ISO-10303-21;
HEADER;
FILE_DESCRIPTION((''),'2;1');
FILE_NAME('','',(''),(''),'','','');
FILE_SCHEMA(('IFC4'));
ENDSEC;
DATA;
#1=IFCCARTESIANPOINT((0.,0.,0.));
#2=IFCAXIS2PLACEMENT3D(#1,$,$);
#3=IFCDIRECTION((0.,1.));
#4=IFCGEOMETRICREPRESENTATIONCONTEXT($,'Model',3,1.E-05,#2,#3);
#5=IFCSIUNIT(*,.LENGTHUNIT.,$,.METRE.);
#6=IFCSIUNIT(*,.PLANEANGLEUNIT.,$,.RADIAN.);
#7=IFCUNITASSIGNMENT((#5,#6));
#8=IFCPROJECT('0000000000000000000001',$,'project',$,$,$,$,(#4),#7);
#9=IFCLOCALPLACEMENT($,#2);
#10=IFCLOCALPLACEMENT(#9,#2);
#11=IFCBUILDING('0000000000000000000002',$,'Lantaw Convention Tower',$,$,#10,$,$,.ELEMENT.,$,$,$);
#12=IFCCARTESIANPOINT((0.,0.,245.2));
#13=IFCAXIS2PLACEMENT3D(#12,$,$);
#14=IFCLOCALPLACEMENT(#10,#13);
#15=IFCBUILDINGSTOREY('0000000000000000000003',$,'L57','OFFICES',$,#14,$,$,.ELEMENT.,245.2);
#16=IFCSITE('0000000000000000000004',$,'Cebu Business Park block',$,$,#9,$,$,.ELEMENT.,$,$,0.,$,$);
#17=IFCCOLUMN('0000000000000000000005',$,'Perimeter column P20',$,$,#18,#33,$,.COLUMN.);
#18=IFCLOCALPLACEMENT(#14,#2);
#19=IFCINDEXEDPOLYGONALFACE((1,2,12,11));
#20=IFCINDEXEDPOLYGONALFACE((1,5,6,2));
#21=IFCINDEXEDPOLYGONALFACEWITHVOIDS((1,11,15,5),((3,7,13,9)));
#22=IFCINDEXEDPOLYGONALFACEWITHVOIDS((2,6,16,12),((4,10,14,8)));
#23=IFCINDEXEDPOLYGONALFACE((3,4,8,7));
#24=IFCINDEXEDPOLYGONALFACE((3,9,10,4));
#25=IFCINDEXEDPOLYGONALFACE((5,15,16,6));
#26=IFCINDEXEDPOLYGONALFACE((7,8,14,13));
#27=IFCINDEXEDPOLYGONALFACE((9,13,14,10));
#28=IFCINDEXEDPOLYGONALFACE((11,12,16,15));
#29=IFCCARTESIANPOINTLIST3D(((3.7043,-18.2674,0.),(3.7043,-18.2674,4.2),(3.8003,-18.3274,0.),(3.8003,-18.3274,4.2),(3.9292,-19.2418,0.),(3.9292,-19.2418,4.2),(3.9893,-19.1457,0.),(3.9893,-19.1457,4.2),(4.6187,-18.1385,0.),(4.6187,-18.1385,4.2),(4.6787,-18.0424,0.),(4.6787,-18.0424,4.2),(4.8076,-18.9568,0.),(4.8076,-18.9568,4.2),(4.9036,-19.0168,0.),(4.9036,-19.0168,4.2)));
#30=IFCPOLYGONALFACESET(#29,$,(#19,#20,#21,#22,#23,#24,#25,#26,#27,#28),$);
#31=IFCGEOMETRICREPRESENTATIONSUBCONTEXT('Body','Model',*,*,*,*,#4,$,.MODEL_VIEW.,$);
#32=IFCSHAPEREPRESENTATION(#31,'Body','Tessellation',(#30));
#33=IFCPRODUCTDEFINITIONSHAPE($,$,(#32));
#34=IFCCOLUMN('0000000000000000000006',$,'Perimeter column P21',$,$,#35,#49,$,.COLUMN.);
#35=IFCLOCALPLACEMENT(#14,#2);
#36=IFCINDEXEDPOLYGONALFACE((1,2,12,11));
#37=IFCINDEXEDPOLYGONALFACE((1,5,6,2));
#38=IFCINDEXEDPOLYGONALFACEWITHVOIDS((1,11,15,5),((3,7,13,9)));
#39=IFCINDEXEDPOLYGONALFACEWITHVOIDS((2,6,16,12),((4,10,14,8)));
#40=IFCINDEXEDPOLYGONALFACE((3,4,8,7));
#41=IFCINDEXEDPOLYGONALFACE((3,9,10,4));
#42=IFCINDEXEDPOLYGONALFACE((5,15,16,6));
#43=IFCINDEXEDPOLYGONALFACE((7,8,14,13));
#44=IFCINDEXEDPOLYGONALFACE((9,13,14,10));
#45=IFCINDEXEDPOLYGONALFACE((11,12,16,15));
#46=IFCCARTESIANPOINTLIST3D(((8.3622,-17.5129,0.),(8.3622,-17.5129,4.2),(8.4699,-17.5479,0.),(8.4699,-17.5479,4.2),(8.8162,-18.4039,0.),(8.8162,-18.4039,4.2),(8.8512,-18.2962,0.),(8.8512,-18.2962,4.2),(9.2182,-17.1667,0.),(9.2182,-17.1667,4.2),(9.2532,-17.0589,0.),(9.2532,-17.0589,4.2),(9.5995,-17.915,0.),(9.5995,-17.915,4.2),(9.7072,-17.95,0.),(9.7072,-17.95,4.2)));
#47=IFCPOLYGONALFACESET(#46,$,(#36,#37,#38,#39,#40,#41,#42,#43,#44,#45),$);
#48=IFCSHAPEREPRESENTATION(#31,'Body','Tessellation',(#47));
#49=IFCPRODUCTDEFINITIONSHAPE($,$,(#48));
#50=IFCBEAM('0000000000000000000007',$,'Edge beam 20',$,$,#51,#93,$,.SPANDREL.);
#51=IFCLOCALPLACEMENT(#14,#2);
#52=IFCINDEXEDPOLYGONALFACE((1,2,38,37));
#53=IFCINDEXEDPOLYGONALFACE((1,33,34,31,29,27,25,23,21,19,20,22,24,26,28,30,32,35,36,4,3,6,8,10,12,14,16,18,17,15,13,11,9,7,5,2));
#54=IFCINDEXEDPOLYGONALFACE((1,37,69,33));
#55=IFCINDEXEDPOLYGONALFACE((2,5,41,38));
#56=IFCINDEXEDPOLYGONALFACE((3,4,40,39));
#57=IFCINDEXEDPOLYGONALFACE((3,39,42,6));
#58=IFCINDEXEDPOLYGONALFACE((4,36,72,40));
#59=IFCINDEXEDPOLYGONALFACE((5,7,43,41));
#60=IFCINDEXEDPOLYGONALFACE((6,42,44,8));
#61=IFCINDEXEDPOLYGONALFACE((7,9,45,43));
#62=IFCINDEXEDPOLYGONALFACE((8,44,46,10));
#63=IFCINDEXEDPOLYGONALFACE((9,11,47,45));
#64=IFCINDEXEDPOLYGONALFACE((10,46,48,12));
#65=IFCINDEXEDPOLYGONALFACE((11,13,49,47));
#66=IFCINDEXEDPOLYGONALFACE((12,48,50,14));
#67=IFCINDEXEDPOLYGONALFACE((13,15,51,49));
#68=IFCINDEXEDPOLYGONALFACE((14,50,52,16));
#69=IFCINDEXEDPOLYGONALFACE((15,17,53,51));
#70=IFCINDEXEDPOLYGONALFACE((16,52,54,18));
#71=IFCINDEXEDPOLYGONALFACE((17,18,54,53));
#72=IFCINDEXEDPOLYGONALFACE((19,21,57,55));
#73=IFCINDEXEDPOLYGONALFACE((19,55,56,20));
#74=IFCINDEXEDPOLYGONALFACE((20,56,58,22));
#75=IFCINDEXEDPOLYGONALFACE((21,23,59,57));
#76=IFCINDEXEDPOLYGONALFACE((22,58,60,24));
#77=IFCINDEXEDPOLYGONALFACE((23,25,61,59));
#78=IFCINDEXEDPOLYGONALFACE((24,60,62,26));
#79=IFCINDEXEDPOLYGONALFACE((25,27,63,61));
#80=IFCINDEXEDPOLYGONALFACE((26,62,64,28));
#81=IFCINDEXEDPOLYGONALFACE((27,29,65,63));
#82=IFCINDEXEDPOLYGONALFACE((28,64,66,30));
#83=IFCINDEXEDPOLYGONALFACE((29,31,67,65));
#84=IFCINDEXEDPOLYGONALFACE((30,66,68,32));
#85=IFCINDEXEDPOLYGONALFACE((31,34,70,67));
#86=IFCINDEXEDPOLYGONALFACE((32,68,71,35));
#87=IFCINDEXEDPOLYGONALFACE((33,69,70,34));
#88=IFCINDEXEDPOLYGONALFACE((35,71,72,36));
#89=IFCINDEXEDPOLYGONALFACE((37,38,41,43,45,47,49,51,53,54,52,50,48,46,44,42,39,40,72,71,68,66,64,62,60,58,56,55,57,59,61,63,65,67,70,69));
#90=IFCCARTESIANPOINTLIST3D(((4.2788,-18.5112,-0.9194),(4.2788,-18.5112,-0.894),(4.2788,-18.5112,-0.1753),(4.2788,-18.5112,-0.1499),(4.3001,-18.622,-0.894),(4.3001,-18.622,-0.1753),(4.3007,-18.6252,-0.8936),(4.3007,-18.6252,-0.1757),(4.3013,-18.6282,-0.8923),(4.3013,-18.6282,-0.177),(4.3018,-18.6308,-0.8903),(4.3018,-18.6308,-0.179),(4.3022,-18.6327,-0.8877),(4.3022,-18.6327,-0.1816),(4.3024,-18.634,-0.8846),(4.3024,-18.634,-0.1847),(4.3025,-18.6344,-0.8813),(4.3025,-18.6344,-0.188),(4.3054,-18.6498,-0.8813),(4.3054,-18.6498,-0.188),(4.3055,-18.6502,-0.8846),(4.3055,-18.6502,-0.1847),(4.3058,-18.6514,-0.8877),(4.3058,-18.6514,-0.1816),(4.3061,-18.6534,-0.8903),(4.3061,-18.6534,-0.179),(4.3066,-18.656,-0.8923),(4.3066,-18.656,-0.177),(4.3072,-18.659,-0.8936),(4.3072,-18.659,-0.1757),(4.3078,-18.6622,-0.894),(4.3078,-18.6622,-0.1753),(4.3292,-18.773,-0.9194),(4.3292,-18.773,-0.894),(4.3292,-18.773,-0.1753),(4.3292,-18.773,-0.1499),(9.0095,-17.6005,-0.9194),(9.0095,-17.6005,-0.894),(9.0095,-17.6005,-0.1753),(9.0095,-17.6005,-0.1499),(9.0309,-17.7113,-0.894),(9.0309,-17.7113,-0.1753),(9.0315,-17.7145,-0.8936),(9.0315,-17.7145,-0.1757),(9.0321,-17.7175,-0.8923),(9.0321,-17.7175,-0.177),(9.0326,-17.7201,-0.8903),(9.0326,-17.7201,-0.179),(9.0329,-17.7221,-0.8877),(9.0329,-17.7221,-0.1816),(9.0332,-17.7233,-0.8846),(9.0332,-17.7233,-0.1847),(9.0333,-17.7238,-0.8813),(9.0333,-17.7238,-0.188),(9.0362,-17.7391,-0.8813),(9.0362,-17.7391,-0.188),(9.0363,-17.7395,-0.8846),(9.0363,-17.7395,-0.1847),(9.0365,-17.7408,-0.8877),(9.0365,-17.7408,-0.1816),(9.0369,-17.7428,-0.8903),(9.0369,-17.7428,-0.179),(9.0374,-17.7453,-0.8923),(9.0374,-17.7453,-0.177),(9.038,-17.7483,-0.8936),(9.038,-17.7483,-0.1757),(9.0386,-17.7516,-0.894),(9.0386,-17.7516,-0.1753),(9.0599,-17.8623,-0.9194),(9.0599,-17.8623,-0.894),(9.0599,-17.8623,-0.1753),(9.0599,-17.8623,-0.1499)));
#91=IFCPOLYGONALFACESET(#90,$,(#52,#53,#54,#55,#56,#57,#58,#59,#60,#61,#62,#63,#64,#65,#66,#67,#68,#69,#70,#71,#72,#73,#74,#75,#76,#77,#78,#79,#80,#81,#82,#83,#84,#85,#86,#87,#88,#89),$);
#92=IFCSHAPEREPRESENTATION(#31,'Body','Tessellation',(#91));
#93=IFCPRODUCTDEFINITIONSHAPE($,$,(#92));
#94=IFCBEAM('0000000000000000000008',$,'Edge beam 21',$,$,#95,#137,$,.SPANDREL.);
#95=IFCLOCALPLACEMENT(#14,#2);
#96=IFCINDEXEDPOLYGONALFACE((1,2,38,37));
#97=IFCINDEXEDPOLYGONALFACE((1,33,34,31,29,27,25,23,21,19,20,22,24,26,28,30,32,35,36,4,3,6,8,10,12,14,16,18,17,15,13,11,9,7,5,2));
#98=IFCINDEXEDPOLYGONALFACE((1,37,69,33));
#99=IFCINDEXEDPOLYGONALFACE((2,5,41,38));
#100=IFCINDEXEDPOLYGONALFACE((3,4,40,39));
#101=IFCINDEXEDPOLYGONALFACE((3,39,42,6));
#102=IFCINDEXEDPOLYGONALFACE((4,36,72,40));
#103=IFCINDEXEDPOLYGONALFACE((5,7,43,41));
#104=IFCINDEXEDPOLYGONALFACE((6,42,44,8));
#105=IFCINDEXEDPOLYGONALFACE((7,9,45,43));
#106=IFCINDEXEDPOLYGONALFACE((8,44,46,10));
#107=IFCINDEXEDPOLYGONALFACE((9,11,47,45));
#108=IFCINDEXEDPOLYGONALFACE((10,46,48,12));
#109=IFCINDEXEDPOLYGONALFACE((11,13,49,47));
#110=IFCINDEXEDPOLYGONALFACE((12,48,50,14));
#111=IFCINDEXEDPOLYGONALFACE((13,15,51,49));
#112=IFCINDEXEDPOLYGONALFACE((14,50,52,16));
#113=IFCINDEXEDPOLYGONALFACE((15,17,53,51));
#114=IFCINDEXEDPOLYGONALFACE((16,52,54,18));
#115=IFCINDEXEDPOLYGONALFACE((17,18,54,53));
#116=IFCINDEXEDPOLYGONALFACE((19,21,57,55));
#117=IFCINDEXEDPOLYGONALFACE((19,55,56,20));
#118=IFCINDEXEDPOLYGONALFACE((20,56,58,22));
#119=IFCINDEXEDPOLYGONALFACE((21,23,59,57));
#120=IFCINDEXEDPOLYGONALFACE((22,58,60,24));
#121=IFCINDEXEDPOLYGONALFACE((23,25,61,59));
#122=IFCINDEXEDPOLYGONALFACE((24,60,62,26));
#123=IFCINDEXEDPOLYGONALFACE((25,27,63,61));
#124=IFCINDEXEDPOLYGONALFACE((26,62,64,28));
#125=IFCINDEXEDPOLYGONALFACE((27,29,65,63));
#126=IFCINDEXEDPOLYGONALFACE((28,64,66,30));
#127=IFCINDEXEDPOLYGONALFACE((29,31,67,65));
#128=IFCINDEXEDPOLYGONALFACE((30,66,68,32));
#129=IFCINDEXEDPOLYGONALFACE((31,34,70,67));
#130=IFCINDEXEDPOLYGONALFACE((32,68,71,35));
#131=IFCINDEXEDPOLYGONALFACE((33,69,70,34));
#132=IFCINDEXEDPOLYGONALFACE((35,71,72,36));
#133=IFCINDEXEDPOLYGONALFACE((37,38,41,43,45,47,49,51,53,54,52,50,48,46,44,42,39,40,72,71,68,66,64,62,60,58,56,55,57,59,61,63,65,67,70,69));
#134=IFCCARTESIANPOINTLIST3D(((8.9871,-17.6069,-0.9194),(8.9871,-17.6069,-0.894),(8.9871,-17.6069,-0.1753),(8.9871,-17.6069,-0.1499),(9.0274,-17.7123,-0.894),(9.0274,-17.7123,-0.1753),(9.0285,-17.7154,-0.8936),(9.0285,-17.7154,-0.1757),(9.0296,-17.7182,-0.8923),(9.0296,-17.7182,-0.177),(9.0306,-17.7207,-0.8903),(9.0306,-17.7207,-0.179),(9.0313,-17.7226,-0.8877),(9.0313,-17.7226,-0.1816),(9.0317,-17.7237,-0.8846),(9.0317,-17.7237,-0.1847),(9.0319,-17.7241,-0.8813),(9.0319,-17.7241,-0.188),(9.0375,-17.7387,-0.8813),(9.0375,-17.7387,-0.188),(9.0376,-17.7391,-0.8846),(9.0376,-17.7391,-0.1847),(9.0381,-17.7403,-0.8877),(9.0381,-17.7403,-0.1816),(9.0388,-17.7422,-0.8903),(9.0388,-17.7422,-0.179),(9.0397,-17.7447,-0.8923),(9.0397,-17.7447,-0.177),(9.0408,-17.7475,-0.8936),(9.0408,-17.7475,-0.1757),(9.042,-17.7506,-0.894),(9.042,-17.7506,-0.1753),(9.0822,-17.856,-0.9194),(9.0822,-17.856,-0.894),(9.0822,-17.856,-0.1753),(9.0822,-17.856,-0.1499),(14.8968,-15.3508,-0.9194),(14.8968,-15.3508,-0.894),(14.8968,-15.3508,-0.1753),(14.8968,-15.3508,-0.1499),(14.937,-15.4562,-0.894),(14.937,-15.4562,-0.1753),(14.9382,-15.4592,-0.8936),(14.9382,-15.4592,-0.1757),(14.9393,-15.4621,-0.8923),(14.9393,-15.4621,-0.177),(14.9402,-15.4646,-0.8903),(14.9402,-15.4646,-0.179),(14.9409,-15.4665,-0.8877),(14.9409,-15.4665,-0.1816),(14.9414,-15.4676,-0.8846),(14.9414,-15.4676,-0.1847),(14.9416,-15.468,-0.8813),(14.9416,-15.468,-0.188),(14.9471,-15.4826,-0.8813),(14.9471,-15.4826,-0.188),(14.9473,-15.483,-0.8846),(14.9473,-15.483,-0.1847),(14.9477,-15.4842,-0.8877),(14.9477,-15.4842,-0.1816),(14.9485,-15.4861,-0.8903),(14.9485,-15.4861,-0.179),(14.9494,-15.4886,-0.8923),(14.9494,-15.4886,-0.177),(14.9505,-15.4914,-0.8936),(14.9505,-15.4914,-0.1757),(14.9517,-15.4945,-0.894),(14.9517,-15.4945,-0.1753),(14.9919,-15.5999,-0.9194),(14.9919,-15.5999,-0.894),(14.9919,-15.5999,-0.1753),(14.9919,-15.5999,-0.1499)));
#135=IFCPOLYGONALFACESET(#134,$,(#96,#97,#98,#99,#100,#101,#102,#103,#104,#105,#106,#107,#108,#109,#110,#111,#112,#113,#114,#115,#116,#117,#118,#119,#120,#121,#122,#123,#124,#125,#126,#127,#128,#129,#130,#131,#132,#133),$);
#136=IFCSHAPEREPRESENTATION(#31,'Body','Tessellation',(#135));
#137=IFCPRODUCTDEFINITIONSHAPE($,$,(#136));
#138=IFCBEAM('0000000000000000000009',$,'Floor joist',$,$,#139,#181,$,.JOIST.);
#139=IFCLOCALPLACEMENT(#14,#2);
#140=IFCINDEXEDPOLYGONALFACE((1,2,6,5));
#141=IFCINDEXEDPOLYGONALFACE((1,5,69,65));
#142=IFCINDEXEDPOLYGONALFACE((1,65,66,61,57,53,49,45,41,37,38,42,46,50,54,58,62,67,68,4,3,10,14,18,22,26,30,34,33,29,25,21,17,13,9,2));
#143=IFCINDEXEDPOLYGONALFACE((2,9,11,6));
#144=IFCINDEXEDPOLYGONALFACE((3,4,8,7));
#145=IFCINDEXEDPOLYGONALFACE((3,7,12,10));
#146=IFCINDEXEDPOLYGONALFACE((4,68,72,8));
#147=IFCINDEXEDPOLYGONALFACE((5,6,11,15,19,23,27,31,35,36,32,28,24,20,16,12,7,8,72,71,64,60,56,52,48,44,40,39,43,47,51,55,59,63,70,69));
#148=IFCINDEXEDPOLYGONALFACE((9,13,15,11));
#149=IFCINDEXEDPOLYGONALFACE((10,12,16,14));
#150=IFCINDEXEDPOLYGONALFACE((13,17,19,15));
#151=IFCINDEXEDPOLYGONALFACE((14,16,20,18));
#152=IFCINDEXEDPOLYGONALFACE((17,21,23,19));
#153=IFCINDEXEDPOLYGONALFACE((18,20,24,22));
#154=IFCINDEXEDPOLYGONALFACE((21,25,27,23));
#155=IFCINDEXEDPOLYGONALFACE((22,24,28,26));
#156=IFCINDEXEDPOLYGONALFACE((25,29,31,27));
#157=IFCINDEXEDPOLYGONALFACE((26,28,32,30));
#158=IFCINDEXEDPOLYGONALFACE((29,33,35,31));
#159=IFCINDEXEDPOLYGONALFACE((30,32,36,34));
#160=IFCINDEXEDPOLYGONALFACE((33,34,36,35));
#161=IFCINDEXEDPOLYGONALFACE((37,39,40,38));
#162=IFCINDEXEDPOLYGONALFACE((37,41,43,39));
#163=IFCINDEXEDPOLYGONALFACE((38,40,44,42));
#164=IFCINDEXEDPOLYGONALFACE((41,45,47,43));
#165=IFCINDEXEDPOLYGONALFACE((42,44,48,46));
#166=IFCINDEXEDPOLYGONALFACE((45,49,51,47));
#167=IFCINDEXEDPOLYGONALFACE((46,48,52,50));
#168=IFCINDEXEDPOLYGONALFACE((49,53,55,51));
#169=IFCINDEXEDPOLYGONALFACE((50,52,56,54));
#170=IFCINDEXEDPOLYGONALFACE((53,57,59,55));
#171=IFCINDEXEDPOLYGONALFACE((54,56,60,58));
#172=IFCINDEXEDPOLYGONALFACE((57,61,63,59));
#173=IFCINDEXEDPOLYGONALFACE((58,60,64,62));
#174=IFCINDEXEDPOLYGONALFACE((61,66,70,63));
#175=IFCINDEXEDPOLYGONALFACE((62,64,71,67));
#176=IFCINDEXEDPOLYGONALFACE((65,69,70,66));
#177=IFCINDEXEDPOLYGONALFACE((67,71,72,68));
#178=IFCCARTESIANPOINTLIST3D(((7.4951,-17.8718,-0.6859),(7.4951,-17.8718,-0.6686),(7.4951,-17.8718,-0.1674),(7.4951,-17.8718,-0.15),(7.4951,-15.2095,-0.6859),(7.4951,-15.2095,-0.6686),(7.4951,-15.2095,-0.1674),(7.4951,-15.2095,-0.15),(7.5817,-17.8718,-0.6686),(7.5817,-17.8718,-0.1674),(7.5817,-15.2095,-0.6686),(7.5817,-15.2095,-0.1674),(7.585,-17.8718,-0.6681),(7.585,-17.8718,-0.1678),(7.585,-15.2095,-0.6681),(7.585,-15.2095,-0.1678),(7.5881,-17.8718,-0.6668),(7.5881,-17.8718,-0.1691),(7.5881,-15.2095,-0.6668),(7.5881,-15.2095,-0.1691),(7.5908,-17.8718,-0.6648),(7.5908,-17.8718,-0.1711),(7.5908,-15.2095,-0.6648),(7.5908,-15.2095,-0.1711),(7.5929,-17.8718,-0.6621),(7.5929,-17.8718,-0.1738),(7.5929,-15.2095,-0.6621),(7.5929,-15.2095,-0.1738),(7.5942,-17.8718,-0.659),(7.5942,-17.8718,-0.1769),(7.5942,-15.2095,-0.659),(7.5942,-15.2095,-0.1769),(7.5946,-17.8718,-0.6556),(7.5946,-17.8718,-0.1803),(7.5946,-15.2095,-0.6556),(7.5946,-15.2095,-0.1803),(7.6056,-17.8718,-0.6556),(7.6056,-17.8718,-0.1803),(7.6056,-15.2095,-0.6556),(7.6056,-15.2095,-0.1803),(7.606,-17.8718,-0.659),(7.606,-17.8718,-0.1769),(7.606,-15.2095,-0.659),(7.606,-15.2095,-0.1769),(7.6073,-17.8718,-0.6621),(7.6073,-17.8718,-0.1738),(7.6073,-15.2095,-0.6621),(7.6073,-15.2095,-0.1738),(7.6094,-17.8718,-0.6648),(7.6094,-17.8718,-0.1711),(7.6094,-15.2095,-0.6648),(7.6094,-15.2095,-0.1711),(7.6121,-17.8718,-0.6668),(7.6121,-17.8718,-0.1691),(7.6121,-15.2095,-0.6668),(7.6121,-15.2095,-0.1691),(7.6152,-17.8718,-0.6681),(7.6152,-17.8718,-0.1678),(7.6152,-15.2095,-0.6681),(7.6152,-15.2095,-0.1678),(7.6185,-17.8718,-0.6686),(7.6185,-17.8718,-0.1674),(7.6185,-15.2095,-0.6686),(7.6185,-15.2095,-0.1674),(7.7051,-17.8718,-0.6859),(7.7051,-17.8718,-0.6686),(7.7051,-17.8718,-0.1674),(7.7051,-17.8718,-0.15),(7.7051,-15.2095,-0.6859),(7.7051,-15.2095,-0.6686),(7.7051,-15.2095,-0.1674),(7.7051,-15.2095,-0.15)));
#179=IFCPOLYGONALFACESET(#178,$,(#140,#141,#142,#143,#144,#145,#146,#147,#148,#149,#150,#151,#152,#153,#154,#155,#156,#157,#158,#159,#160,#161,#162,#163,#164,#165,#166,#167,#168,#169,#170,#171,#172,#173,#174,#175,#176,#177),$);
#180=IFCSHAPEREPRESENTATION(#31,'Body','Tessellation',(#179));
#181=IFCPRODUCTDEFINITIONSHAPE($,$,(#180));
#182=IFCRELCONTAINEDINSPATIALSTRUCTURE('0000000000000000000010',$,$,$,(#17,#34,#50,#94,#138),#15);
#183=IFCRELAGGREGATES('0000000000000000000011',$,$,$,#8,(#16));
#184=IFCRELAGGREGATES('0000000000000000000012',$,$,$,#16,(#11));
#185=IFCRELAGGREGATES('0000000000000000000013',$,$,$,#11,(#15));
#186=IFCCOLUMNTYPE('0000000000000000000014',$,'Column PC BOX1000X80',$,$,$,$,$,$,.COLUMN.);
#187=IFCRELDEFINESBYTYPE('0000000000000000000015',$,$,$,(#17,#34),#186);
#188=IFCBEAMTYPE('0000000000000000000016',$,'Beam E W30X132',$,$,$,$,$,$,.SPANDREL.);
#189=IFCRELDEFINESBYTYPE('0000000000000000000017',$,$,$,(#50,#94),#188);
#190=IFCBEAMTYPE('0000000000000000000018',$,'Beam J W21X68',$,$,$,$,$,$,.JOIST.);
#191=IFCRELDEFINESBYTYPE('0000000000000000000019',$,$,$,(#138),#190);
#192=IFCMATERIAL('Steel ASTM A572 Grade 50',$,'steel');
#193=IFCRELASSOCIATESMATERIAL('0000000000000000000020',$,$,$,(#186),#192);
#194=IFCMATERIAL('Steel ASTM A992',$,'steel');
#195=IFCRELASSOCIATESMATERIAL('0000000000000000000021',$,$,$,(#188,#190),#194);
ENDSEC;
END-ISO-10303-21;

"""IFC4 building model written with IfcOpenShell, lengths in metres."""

from ifc_helpers import new_model, si_unit, direction, frame, origin, origin_2d, place, context, subcontext, project, spatial, rectangle, hollow_rectangle, i_section, extrude, material, material_profile, profile_set, type_object, element, save


model = new_model("IFC4")

# Units and contexts
model_context = context("Model", 3, precision=1e-05, world=origin(), true_north=direction((0.0, 1.0)))
body_context = subcontext(model_context, "Body", "Model", "MODEL_VIEW")
ifc_project = project(units=[si_unit("LENGTHUNIT", "METRE"), si_unit("PLANEANGLEUNIT", "RADIAN")], contexts=[model_context])

# Site, building, storey
site_placement = place(None, origin())
site = spatial("IfcSite", under=ifc_project, at=site_placement, Name="Cebu Business Park block", CompositionType="ELEMENT", RefElevation=0.0)
building_placement = place(site_placement, origin())
building = spatial("IfcBuilding", under=site, at=building_placement, Name="Lantaw Convention Tower", CompositionType="ELEMENT")
storey_placement = place(building_placement, frame((0.0, 0.0, 245.2)))
storey = spatial("IfcBuildingStorey", under=building, at=storey_placement, Name="L57", Description="OFFICES", CompositionType="ELEMENT", Elevation=245.2)

# Columns
ifc_material_1 = material(Name="Steel ASTM A572 Grade 50", Category="steel")
ifc_material_profile_1 = material_profile(ifc_material_1, hollow_rectangle(XDim=1.0, YDim=1.0, WallThickness=0.0801, at=origin_2d()), Name="BOX1000X80")
ifc_material_2 = material(Name="Concrete C60/75", Category="concrete")
ifc_material_profile_2 = material_profile(ifc_material_2, rectangle(XDim=0.8401, YDim=0.8401, at=origin_2d()), Name="Concrete fill of BOX1000X80")
ifc_profile_set_1 = profile_set([ifc_material_profile_1, ifc_material_profile_2], Name="Steel ASTM A572 Grade 50")
column_type = type_object("IfcColumnType", Name="Column PC BOX1000X80", PredefinedType="COLUMN", material=ifc_profile_set_1)
for number, where, z_axis, x_axis, name in (
    (1, (4.304, -18.6421, 0.0), (0.0, 0.0, 1.0), (0.97437, 0.224951, 0.0), "Perimeter column P20"),
    (2, (9.0347, -17.7314, 0.0), (0.0, 0.0, 1.0), (0.891007, 0.45399, 0.0), "Perimeter column P21"),
):
    element("IfcColumn", number, at=place(storey_placement, frame(where, z_axis=z_axis, x_axis=x_axis)), inside=storey, type_object=column_type, Name=name, PredefinedType="COLUMN", context=body_context, shape_type="SweptSolid", body=[
        extrude(hollow_rectangle(XDim=1.0, YDim=1.0, WallThickness=0.0801, at=origin_2d()), origin(), (0.0, 0.0, 1.0), 4.2),
    ])

# Beams
ifc_material_3 = material(Name="Steel ASTM A992", Category="steel")
ifc_material_profile_3 = material_profile(ifc_material_3, i_section(OverallWidth=0.2666, OverallDepth=0.7695, WebThickness=0.0156, FlangeThickness=0.0254, FilletRadius=0.0127, at=origin_2d()), Name="W30X132")
ifc_profile_set_2 = profile_set([ifc_material_profile_3], Name="Steel ASTM A992")
beam_type_1 = type_object("IfcBeamType", Name="Beam E W30X132", PredefinedType="SPANDREL", material=ifc_profile_set_2)
beam_1_placement = place(storey_placement, frame((4.304, -18.6421, -0.5347), z_axis=(0.981972, 0.189026, 0.0), x_axis=(-0.189026, 0.981972, 0.0)))
element("IfcBeam", 3, at=beam_1_placement, inside=storey, type_object=beam_type_1, Name="Edge beam 20", PredefinedType="SPANDREL", context=body_context, shape_type="SweptSolid", body=[
    extrude(i_section(OverallWidth=0.2666, OverallDepth=0.7695, WebThickness=0.0156, FlangeThickness=0.0254, FilletRadius=0.0127, at=origin_2d()), origin(), (0.0, 0.0, 1.0), 4.8176),
])
beam_2_placement = place(storey_placement, frame((9.0347, -17.7314, -0.5347), z_axis=(0.934235, 0.356658, 0.0), x_axis=(-0.356658, 0.934235, 0.0)))
element("IfcBeam", 4, at=beam_2_placement, inside=storey, type_object=beam_type_1, Name="Edge beam 21", PredefinedType="SPANDREL", context=body_context, shape_type="SweptSolid", body=[
    extrude(i_section(OverallWidth=0.2666, OverallDepth=0.7695, WebThickness=0.0156, FlangeThickness=0.0254, FilletRadius=0.0127, at=origin_2d()), origin(), (0.0, 0.0, 1.0), 6.3257),
])
ifc_material_profile_4 = material_profile(ifc_material_3, i_section(OverallWidth=0.21, OverallDepth=0.5359, WebThickness=0.011, FlangeThickness=0.0173, FilletRadius=0.0129, at=origin_2d()), Name="W21X68")
ifc_profile_set_3 = profile_set([ifc_material_profile_4], Name="Steel ASTM A992")
beam_type_2 = type_object("IfcBeamType", Name="Beam J W21X68", PredefinedType="JOIST", material=ifc_profile_set_3)
beam_3_placement = place(storey_placement, frame((7.6001, -17.8718, -0.418), z_axis=(0.0, 1.0, 0.0), x_axis=(-1.0, 0.0, 0.0)))
element("IfcBeam", 5, at=beam_3_placement, inside=storey, type_object=beam_type_2, Name="Floor joist", PredefinedType="JOIST", context=body_context, shape_type="SweptSolid", body=[
    extrude(i_section(OverallWidth=0.21, OverallDepth=0.5359, WebThickness=0.011, FlangeThickness=0.0173, FilletRadius=0.0129, at=origin_2d()), origin(), (0.0, 0.0, 1.0), 2.6624),
])

save(model, "model.ifc")
